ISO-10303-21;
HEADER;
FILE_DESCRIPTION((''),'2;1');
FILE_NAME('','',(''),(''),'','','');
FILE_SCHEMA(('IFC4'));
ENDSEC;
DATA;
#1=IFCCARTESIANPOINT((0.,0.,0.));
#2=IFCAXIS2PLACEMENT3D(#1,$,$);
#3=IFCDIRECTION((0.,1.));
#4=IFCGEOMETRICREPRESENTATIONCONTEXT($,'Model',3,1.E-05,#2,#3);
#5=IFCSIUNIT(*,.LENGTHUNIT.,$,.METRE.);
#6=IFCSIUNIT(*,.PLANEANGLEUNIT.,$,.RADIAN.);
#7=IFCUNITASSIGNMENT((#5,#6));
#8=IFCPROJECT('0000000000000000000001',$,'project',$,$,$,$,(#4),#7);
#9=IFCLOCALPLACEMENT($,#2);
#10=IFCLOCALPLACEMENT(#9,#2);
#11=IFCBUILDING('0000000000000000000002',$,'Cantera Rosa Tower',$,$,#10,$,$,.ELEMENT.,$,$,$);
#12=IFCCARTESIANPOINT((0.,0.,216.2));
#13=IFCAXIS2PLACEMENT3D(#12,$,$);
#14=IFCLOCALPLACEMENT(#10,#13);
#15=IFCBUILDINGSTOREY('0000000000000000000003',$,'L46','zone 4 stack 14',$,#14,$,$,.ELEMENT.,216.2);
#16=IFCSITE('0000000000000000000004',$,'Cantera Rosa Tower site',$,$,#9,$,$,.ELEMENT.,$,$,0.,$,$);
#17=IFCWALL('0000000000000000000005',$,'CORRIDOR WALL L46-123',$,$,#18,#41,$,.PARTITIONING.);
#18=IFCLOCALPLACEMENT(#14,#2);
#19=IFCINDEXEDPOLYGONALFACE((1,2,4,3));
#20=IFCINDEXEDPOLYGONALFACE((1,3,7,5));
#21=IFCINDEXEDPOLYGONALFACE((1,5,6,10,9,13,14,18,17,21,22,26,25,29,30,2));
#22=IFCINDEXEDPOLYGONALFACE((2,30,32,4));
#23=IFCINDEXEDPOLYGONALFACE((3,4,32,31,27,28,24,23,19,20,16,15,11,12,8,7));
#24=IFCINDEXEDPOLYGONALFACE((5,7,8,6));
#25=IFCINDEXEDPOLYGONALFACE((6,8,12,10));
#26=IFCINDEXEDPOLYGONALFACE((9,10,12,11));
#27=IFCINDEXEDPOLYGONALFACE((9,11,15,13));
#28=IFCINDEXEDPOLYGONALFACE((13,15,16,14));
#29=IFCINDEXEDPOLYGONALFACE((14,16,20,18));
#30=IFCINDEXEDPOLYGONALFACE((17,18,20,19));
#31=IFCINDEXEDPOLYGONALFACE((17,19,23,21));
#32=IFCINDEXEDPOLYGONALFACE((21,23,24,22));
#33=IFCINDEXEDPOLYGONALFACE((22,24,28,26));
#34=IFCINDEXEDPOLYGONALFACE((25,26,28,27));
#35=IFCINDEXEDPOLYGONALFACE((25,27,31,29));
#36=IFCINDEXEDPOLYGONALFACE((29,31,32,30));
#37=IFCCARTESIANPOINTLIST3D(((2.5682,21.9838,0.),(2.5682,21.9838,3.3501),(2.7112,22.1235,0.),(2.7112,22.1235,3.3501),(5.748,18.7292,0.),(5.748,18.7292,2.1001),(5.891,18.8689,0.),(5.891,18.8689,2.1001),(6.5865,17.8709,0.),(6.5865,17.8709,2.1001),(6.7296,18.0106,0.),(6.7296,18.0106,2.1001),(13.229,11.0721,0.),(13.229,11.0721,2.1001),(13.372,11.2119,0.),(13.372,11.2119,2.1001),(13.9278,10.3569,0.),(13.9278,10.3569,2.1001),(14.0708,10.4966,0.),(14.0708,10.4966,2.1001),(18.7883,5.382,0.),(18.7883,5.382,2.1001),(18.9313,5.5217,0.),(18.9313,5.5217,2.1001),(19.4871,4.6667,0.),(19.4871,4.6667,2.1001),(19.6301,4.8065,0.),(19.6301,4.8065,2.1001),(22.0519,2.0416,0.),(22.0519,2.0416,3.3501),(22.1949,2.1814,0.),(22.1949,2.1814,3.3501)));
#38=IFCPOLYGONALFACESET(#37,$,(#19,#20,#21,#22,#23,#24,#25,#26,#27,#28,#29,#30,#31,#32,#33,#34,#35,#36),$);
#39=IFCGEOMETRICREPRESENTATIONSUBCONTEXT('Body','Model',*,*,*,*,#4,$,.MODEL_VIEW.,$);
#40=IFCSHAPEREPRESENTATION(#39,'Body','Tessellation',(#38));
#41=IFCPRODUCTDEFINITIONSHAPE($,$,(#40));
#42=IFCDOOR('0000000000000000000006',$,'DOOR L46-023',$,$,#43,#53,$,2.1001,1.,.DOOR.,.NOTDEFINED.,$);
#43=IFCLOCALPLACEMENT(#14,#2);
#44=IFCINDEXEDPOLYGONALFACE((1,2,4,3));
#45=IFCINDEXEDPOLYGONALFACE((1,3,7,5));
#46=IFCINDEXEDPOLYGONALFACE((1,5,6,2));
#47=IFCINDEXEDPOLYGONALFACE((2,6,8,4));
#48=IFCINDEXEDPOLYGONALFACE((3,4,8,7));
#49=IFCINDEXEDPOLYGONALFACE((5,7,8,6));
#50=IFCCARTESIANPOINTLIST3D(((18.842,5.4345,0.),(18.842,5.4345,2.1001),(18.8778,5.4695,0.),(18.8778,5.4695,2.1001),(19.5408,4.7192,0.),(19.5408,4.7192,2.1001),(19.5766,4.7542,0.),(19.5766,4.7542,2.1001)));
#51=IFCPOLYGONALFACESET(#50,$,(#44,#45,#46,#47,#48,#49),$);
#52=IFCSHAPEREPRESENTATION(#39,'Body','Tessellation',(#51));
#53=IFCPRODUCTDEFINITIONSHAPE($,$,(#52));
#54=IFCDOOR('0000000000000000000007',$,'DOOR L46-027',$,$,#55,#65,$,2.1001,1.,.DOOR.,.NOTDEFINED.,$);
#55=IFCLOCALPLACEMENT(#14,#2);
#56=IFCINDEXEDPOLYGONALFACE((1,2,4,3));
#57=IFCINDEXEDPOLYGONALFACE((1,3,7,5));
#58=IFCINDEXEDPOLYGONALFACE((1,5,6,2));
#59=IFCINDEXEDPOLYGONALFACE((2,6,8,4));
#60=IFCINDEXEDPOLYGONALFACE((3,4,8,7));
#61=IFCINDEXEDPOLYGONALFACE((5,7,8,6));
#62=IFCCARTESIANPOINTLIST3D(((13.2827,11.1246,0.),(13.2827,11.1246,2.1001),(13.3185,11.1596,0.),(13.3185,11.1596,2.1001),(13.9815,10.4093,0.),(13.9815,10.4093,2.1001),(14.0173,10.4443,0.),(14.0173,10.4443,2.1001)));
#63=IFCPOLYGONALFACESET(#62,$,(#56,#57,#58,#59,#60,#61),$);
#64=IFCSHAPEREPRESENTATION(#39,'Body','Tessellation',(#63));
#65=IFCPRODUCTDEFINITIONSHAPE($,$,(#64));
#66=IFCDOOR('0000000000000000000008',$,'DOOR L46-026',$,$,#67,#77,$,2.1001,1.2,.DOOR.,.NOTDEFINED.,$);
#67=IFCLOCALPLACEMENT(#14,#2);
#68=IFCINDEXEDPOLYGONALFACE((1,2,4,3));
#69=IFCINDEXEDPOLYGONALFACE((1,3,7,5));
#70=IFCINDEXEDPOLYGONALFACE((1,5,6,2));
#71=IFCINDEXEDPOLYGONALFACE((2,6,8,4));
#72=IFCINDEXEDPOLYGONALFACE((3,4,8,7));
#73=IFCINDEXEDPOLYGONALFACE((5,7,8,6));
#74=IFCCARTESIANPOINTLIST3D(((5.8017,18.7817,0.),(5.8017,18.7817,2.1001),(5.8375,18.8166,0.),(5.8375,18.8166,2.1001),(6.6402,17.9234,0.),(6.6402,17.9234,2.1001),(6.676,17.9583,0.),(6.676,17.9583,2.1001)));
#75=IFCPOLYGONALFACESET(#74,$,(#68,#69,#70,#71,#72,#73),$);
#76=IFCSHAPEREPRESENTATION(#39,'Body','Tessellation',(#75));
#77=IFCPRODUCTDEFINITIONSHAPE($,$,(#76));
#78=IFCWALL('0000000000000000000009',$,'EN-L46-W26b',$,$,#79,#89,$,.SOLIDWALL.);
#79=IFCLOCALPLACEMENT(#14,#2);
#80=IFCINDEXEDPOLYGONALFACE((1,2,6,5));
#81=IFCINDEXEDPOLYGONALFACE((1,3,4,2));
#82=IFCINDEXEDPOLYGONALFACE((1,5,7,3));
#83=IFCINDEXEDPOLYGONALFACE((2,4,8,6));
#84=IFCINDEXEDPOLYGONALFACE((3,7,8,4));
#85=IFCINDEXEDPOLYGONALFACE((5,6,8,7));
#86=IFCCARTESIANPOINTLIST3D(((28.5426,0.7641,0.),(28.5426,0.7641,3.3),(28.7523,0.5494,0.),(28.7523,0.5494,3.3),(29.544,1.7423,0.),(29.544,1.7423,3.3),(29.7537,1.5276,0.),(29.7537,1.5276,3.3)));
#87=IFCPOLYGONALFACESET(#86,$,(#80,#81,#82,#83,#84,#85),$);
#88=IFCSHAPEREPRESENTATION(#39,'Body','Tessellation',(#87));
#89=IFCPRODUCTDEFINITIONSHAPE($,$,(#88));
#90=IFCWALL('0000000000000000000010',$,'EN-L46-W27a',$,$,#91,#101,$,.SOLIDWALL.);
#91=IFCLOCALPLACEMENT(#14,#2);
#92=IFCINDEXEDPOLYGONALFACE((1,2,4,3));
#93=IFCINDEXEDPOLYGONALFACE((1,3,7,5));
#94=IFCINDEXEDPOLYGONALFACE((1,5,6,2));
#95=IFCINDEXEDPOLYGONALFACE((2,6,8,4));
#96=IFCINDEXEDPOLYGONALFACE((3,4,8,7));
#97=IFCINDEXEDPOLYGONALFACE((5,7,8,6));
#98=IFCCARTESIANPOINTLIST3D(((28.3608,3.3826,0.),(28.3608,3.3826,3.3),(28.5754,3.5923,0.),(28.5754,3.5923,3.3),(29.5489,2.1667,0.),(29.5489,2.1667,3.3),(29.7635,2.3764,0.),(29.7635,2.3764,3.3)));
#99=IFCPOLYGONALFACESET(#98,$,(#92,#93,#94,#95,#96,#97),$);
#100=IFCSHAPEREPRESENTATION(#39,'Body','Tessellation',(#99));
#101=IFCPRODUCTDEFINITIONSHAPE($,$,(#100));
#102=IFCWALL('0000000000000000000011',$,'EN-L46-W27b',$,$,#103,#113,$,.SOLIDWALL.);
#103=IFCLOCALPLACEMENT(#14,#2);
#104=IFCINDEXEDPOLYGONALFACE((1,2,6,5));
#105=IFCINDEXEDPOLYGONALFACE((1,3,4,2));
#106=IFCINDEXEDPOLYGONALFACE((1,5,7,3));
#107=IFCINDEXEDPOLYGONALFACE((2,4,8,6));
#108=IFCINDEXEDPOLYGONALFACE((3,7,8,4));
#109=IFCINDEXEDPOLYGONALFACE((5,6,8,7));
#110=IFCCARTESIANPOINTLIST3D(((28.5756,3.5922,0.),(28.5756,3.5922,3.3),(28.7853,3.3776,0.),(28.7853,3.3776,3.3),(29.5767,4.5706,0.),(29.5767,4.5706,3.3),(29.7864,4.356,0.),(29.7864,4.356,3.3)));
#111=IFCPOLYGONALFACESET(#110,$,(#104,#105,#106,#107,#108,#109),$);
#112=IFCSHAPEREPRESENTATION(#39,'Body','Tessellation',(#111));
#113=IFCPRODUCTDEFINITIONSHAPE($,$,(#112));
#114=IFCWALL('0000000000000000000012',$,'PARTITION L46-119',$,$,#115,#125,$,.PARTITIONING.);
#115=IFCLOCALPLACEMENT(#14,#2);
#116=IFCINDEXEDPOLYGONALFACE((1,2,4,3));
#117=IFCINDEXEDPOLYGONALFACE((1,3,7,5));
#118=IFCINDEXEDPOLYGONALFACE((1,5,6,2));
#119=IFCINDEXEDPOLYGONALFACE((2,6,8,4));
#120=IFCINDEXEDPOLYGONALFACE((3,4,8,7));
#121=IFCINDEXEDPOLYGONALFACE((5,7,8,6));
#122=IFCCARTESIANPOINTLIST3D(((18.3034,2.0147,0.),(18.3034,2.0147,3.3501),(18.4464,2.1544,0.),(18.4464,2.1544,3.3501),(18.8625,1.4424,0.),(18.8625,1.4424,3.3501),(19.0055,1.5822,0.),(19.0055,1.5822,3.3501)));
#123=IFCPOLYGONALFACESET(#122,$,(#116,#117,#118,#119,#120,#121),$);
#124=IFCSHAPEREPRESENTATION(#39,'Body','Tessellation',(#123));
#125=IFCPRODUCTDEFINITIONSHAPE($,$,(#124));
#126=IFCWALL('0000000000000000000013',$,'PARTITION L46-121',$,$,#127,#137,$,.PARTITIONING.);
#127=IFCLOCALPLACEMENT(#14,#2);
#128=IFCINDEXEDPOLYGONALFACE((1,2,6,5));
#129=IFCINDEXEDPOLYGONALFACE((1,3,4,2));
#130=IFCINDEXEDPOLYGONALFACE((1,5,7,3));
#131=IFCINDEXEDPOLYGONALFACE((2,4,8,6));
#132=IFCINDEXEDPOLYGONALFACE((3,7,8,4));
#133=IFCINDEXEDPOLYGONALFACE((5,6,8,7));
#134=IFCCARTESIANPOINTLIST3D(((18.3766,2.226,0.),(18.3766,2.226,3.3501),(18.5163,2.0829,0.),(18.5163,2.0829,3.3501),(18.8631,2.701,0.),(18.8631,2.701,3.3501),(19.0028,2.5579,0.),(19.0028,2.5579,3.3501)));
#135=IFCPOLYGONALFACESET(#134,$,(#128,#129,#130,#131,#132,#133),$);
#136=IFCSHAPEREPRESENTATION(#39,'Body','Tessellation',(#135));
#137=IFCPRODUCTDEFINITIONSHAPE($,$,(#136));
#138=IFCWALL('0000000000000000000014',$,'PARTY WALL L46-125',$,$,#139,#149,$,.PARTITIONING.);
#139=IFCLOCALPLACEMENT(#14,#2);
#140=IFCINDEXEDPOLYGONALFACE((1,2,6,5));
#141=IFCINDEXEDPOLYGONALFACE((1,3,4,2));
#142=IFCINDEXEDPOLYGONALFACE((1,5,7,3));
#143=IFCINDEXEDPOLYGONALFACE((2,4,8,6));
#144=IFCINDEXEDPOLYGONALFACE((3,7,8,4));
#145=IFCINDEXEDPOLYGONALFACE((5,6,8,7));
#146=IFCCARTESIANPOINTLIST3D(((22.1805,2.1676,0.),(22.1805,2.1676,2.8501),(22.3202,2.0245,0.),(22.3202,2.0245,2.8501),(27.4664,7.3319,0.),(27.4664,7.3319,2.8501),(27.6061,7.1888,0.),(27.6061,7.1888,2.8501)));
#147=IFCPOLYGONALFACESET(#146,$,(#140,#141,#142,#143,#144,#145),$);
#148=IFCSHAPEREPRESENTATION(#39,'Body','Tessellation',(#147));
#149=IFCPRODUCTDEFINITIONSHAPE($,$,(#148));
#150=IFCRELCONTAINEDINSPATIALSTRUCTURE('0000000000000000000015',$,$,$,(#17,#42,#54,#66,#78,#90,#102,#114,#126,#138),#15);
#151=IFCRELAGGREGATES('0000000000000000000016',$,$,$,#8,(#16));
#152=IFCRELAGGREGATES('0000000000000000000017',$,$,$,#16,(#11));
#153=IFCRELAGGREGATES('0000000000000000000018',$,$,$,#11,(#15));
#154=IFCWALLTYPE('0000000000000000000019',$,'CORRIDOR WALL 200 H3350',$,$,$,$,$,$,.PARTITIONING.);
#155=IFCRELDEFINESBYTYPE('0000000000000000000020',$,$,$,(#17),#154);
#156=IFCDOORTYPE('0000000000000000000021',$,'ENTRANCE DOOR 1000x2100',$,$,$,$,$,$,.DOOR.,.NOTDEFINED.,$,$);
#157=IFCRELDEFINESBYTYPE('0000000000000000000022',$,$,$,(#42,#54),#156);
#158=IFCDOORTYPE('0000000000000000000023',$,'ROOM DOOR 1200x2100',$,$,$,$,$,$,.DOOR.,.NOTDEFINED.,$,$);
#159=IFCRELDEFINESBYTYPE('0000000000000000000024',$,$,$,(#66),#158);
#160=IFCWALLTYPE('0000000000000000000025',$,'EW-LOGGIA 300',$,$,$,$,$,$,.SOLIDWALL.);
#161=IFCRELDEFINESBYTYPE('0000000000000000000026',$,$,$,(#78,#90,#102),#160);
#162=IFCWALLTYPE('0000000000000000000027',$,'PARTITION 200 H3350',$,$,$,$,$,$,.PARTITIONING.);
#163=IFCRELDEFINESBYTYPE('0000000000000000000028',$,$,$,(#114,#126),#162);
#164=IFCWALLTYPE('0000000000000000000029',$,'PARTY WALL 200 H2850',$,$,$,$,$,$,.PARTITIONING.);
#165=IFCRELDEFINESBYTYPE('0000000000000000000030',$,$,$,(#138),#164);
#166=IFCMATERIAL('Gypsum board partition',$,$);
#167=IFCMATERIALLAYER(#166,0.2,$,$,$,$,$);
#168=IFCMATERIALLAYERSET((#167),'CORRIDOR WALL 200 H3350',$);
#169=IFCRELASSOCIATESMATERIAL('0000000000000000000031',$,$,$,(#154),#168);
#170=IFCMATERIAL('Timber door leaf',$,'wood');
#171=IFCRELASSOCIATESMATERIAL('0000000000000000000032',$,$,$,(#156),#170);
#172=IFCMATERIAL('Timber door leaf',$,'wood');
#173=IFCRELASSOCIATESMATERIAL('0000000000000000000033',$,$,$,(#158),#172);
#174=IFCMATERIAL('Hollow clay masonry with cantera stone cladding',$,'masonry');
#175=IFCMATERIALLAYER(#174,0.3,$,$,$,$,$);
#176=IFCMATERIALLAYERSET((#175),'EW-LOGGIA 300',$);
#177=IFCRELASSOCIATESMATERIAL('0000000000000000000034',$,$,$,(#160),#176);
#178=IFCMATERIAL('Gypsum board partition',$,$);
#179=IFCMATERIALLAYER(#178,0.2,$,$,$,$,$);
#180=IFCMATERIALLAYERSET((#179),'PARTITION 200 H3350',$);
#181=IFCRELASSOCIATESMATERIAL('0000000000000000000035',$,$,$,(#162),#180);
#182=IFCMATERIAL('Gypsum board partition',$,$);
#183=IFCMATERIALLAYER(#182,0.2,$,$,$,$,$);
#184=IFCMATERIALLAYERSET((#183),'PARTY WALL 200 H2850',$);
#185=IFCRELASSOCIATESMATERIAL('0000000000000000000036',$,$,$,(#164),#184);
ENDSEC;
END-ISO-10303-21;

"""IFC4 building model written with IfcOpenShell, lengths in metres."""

from ifc_helpers import new_model, si_unit, direction, frame, frame_2d, origin, place, context, subcontext, project, spatial, rectangle, extrude, material, layer, layer_set, type_object, element, fill, save


model = new_model("IFC4")

# Units and contexts
model_context = context("Model", 3, precision=1e-05, world=origin(), true_north=direction((0.0, 1.0)))
body_context = subcontext(model_context, "Body", "Model", "MODEL_VIEW")
ifc_project = project(units=[si_unit("LENGTHUNIT", "METRE"), si_unit("PLANEANGLEUNIT", "RADIAN")], contexts=[model_context])

# Site, building, storey
site_placement = place(None, origin())
site = spatial("IfcSite", under=ifc_project, at=site_placement, Name="Cantera Rosa Tower site", CompositionType="ELEMENT", RefElevation=0.0)
building_placement = place(site_placement, origin())
building = spatial("IfcBuilding", under=site, at=building_placement, Name="Cantera Rosa Tower", CompositionType="ELEMENT")
storey_placement = place(building_placement, frame((0.0, 0.0, 216.2)))
storey = spatial("IfcBuildingStorey", under=building, at=storey_placement, Name="L46", Description="zone 4 stack 14", CompositionType="ELEMENT", Elevation=216.2)

# Shared definitions
ifc_material_1 = material(Name="Gypsum board partition")
ifc_layer_1 = layer(ifc_material_1, 0.2)
ifc_layer_set_1 = layer_set([ifc_layer_1], Name="CORRIDOR WALL 200 H3350")
wall_type_1 = type_object("IfcWallType", Name="CORRIDOR WALL 200 H3350", PredefinedType="PARTITIONING", material=ifc_layer_set_1)

# Wall, openings, doors
wall_1_placement = place(storey_placement, frame((22.1233, 2.1116, 0.0), z_axis=(0.0, 0.0, 1.0), x_axis=(-0.698836, 0.715282, 0.0)))
wall_1 = element("IfcWall", 1, at=wall_1_placement, inside=storey, type_object=wall_type_1, Name="CORRIDOR WALL L46-123", PredefinedType="PARTITIONING", context=body_context, shape_type="SweptSolid", body=[
    extrude(rectangle(XDim=27.8801, YDim=0.2, at=frame_2d((13.9399, 0.0))), origin(), (0.0, 0.0, 1.0), 3.3501),
])
opening_1_placement = place(wall_1_placement, frame((3.6699, 0.0, 0.0)))
opening_1 = element("IfcOpeningElement", 2, at=opening_1_placement, cuts=wall_1, PredefinedType="OPENING", context=body_context, shape_type="SweptSolid", body=[
    extrude(rectangle(XDim=1.0, YDim=2.1001, at=frame_2d((0.5, 1.05))), frame((0.0, 0.1099, 0.0), z_axis=(0.0, -1.0, 0.0), x_axis=(1.0, 0.0, 0.0)), (0.0, 0.0, 1.0), 0.22),
])
opening_2_placement = place(wall_1_placement, frame((22.1299, 0.0, 0.0)))
opening_2 = element("IfcOpeningElement", 3, at=opening_2_placement, cuts=wall_1, PredefinedType="OPENING", context=body_context, shape_type="SweptSolid", body=[
    extrude(rectangle(XDim=1.2, YDim=2.1001, at=frame_2d((0.6001, 1.05))), frame((0.0, 0.1099, 0.0), z_axis=(0.0, -1.0, 0.0), x_axis=(1.0, 0.0, 0.0)), (0.0, 0.0, 1.0), 0.22),
])
opening_3_placement = place(wall_1_placement, frame((11.625, 0.0, 0.0)))
opening_3 = element("IfcOpeningElement", 4, at=opening_3_placement, cuts=wall_1, PredefinedType="OPENING", context=body_context, shape_type="SweptSolid", body=[
    extrude(rectangle(XDim=1.0, YDim=2.1001, at=frame_2d((0.5, 1.05))), frame((0.0, 0.1099, 0.0), z_axis=(0.0, -1.0, 0.0), x_axis=(1.0, 0.0, 0.0)), (0.0, 0.0, 1.0), 0.22),
])
ifc_material_2 = material(Name="Timber door leaf", Category="wood")
door_type_1 = type_object("IfcDoorType", Name="ENTRANCE DOOR 1000x2100", OperationType="NOTDEFINED", PredefinedType="DOOR", material=ifc_material_2)
door_1_placement = place(opening_1_placement, origin())
door_1 = element("IfcDoor", 5, at=door_1_placement, inside=storey, type_object=door_type_1, Name="DOOR L46-023", OperationType="NOTDEFINED", OverallHeight=2.1001, OverallWidth=1.0, PredefinedType="DOOR", context=body_context, shape_type="SweptSolid", body=[
    extrude(rectangle(XDim=1.0, YDim=2.1001, at=frame_2d((0.5, 1.05))), frame((0.0, 0.0249, 0.0), z_axis=(0.0, -1.0, 0.0), x_axis=(1.0, 0.0, 0.0)), (0.0, 0.0, 1.0), 0.05),
])
fill(opening_1, door_1)
door_2_placement = place(opening_3_placement, origin())
door_2 = element("IfcDoor", 6, at=door_2_placement, inside=storey, type_object=door_type_1, Name="DOOR L46-027", OperationType="NOTDEFINED", OverallHeight=2.1001, OverallWidth=1.0, PredefinedType="DOOR", context=body_context, shape_type="SweptSolid", body=[
    extrude(rectangle(XDim=1.0, YDim=2.1001, at=frame_2d((0.5, 1.05))), frame((0.0, 0.0249, 0.0), z_axis=(0.0, -1.0, 0.0), x_axis=(1.0, 0.0, 0.0)), (0.0, 0.0, 1.0), 0.05),
])
fill(opening_3, door_2)
ifc_material_3 = material(Name="Timber door leaf", Category="wood")
door_type_2 = type_object("IfcDoorType", Name="ROOM DOOR 1200x2100", OperationType="NOTDEFINED", PredefinedType="DOOR", material=ifc_material_3)
door_3_placement = place(opening_2_placement, origin())
door_3 = element("IfcDoor", 7, at=door_3_placement, inside=storey, type_object=door_type_2, Name="DOOR L46-026", OperationType="NOTDEFINED", OverallHeight=2.1001, OverallWidth=1.2, PredefinedType="DOOR", context=body_context, shape_type="SweptSolid", body=[
    extrude(rectangle(XDim=1.2, YDim=2.1001, at=frame_2d((0.6001, 1.05))), frame((0.0, 0.0249, 0.0), z_axis=(0.0, -1.0, 0.0), x_axis=(1.0, 0.0, 0.0)), (0.0, 0.0, 1.0), 0.05),
])
fill(opening_2, door_3)

# Walls
ifc_material_4 = material(Name="Hollow clay masonry with cantera stone cladding", Category="masonry")
ifc_layer_2 = layer(ifc_material_4, 0.3)
ifc_layer_set_2 = layer_set([ifc_layer_2], Name="EW-LOGGIA 300")
wall_type_2 = type_object("IfcWallType", Name="EW-LOGGIA 300", PredefinedType="SOLIDWALL", material=ifc_layer_set_2)
wall_2_placement = place(storey_placement, frame((28.6475, 0.6567, 0.0), z_axis=(0.0, 0.0, 1.0), x_axis=(0.715342, 0.698775, 0.0)))
element("IfcWall", 8, at=wall_2_placement, inside=storey, type_object=wall_type_2, Name="EN-L46-W26b", PredefinedType="SOLIDWALL", context=body_context, shape_type="SweptSolid", body=[
    extrude(rectangle(XDim=1.3999, YDim=0.3, at=frame_2d((0.7, 0.0))), origin(), (0.0, 0.0, 1.0), 3.3),
])
wall_3_placement = place(storey_placement, frame((29.6562, 2.2715, 0.0), z_axis=(0.0, 0.0, 1.0), x_axis=(-0.698873, 0.715246, 0.0)))
element("IfcWall", 9, at=wall_3_placement, inside=storey, type_object=wall_type_2, Name="EN-L46-W27a", PredefinedType="SOLIDWALL", context=body_context, shape_type="SweptSolid", body=[
    extrude(rectangle(XDim=1.7, YDim=0.3, at=frame_2d((0.8501, 0.0))), origin(), (0.0, 0.0, 1.0), 3.3),
])
wall_4_placement = place(storey_placement, frame((28.6804, 3.4849, 0.0), z_axis=(0.0, 0.0, 1.0), x_axis=(0.715169, 0.698951, 0.0)))
element("IfcWall", 10, at=wall_4_placement, inside=storey, type_object=wall_type_2, Name="EN-L46-W27b", PredefinedType="SOLIDWALL", context=body_context, shape_type="SweptSolid", body=[
    extrude(rectangle(XDim=1.3999, YDim=0.3, at=frame_2d((0.7, 0.0))), origin(), (0.0, 0.0, 1.0), 3.3),
])

# Walls
ifc_material_5 = material(Name="Gypsum board partition")
ifc_layer_3 = layer(ifc_material_5, 0.2)
ifc_layer_set_3 = layer_set([ifc_layer_3], Name="PARTITION 200 H3350")
wall_type_3 = type_object("IfcWallType", Name="PARTITION 200 H3350", PredefinedType="PARTITIONING", material=ifc_layer_set_3)
wall_5_placement = place(storey_placement, frame((18.375, 2.0845, 0.0), z_axis=(0.0, 0.0, 1.0), x_axis=(0.698819, -0.715298, 0.0)))
element("IfcWall", 11, at=wall_5_placement, inside=storey, type_object=wall_type_3, Name="PARTITION L46-119", PredefinedType="PARTITIONING", context=body_context, shape_type="SweptSolid", body=[
    extrude(rectangle(XDim=0.8, YDim=0.2, at=frame_2d((0.3999, 0.0))), origin(), (0.0, 0.0, 1.0), 3.3501),
])
wall_6_placement = place(storey_placement, frame((18.9329, 2.6294, 0.0), z_axis=(0.0, 0.0, 1.0), x_axis=(-0.715493, -0.69862, 0.0)))
element("IfcWall", 12, at=wall_6_placement, inside=storey, type_object=wall_type_3, Name="PARTITION L46-121", PredefinedType="PARTITIONING", context=body_context, shape_type="SweptSolid", body=[
    extrude(rectangle(XDim=0.6799, YDim=0.2, at=frame_2d((0.3398, 0.0))), origin(), (0.0, 0.0, 1.0), 3.3501),
])
ifc_material_6 = material(Name="Gypsum board partition")
ifc_layer_4 = layer(ifc_material_6, 0.2)
ifc_layer_set_4 = layer_set([ifc_layer_4], Name="PARTY WALL 200 H2850")
wall_type_4 = type_object("IfcWallType", Name="PARTY WALL 200 H2850", PredefinedType="PARTITIONING", material=ifc_layer_set_4)
wall_7_placement = place(storey_placement, frame((27.5361, 7.2603, 0.0), z_axis=(0.0, 0.0, 1.0), x_axis=(-0.715285, -0.698833, 0.0)))
element("IfcWall", 13, at=wall_7_placement, inside=storey, type_object=wall_type_4, Name="PARTY WALL L46-125", PredefinedType="PARTITIONING", context=body_context, shape_type="SweptSolid", body=[
    extrude(rectangle(XDim=7.3899, YDim=0.2, at=frame_2d((3.6948, 0.0))), origin(), (0.0, 0.0, 1.0), 2.8501),
])

save(model, "model.ifc")
